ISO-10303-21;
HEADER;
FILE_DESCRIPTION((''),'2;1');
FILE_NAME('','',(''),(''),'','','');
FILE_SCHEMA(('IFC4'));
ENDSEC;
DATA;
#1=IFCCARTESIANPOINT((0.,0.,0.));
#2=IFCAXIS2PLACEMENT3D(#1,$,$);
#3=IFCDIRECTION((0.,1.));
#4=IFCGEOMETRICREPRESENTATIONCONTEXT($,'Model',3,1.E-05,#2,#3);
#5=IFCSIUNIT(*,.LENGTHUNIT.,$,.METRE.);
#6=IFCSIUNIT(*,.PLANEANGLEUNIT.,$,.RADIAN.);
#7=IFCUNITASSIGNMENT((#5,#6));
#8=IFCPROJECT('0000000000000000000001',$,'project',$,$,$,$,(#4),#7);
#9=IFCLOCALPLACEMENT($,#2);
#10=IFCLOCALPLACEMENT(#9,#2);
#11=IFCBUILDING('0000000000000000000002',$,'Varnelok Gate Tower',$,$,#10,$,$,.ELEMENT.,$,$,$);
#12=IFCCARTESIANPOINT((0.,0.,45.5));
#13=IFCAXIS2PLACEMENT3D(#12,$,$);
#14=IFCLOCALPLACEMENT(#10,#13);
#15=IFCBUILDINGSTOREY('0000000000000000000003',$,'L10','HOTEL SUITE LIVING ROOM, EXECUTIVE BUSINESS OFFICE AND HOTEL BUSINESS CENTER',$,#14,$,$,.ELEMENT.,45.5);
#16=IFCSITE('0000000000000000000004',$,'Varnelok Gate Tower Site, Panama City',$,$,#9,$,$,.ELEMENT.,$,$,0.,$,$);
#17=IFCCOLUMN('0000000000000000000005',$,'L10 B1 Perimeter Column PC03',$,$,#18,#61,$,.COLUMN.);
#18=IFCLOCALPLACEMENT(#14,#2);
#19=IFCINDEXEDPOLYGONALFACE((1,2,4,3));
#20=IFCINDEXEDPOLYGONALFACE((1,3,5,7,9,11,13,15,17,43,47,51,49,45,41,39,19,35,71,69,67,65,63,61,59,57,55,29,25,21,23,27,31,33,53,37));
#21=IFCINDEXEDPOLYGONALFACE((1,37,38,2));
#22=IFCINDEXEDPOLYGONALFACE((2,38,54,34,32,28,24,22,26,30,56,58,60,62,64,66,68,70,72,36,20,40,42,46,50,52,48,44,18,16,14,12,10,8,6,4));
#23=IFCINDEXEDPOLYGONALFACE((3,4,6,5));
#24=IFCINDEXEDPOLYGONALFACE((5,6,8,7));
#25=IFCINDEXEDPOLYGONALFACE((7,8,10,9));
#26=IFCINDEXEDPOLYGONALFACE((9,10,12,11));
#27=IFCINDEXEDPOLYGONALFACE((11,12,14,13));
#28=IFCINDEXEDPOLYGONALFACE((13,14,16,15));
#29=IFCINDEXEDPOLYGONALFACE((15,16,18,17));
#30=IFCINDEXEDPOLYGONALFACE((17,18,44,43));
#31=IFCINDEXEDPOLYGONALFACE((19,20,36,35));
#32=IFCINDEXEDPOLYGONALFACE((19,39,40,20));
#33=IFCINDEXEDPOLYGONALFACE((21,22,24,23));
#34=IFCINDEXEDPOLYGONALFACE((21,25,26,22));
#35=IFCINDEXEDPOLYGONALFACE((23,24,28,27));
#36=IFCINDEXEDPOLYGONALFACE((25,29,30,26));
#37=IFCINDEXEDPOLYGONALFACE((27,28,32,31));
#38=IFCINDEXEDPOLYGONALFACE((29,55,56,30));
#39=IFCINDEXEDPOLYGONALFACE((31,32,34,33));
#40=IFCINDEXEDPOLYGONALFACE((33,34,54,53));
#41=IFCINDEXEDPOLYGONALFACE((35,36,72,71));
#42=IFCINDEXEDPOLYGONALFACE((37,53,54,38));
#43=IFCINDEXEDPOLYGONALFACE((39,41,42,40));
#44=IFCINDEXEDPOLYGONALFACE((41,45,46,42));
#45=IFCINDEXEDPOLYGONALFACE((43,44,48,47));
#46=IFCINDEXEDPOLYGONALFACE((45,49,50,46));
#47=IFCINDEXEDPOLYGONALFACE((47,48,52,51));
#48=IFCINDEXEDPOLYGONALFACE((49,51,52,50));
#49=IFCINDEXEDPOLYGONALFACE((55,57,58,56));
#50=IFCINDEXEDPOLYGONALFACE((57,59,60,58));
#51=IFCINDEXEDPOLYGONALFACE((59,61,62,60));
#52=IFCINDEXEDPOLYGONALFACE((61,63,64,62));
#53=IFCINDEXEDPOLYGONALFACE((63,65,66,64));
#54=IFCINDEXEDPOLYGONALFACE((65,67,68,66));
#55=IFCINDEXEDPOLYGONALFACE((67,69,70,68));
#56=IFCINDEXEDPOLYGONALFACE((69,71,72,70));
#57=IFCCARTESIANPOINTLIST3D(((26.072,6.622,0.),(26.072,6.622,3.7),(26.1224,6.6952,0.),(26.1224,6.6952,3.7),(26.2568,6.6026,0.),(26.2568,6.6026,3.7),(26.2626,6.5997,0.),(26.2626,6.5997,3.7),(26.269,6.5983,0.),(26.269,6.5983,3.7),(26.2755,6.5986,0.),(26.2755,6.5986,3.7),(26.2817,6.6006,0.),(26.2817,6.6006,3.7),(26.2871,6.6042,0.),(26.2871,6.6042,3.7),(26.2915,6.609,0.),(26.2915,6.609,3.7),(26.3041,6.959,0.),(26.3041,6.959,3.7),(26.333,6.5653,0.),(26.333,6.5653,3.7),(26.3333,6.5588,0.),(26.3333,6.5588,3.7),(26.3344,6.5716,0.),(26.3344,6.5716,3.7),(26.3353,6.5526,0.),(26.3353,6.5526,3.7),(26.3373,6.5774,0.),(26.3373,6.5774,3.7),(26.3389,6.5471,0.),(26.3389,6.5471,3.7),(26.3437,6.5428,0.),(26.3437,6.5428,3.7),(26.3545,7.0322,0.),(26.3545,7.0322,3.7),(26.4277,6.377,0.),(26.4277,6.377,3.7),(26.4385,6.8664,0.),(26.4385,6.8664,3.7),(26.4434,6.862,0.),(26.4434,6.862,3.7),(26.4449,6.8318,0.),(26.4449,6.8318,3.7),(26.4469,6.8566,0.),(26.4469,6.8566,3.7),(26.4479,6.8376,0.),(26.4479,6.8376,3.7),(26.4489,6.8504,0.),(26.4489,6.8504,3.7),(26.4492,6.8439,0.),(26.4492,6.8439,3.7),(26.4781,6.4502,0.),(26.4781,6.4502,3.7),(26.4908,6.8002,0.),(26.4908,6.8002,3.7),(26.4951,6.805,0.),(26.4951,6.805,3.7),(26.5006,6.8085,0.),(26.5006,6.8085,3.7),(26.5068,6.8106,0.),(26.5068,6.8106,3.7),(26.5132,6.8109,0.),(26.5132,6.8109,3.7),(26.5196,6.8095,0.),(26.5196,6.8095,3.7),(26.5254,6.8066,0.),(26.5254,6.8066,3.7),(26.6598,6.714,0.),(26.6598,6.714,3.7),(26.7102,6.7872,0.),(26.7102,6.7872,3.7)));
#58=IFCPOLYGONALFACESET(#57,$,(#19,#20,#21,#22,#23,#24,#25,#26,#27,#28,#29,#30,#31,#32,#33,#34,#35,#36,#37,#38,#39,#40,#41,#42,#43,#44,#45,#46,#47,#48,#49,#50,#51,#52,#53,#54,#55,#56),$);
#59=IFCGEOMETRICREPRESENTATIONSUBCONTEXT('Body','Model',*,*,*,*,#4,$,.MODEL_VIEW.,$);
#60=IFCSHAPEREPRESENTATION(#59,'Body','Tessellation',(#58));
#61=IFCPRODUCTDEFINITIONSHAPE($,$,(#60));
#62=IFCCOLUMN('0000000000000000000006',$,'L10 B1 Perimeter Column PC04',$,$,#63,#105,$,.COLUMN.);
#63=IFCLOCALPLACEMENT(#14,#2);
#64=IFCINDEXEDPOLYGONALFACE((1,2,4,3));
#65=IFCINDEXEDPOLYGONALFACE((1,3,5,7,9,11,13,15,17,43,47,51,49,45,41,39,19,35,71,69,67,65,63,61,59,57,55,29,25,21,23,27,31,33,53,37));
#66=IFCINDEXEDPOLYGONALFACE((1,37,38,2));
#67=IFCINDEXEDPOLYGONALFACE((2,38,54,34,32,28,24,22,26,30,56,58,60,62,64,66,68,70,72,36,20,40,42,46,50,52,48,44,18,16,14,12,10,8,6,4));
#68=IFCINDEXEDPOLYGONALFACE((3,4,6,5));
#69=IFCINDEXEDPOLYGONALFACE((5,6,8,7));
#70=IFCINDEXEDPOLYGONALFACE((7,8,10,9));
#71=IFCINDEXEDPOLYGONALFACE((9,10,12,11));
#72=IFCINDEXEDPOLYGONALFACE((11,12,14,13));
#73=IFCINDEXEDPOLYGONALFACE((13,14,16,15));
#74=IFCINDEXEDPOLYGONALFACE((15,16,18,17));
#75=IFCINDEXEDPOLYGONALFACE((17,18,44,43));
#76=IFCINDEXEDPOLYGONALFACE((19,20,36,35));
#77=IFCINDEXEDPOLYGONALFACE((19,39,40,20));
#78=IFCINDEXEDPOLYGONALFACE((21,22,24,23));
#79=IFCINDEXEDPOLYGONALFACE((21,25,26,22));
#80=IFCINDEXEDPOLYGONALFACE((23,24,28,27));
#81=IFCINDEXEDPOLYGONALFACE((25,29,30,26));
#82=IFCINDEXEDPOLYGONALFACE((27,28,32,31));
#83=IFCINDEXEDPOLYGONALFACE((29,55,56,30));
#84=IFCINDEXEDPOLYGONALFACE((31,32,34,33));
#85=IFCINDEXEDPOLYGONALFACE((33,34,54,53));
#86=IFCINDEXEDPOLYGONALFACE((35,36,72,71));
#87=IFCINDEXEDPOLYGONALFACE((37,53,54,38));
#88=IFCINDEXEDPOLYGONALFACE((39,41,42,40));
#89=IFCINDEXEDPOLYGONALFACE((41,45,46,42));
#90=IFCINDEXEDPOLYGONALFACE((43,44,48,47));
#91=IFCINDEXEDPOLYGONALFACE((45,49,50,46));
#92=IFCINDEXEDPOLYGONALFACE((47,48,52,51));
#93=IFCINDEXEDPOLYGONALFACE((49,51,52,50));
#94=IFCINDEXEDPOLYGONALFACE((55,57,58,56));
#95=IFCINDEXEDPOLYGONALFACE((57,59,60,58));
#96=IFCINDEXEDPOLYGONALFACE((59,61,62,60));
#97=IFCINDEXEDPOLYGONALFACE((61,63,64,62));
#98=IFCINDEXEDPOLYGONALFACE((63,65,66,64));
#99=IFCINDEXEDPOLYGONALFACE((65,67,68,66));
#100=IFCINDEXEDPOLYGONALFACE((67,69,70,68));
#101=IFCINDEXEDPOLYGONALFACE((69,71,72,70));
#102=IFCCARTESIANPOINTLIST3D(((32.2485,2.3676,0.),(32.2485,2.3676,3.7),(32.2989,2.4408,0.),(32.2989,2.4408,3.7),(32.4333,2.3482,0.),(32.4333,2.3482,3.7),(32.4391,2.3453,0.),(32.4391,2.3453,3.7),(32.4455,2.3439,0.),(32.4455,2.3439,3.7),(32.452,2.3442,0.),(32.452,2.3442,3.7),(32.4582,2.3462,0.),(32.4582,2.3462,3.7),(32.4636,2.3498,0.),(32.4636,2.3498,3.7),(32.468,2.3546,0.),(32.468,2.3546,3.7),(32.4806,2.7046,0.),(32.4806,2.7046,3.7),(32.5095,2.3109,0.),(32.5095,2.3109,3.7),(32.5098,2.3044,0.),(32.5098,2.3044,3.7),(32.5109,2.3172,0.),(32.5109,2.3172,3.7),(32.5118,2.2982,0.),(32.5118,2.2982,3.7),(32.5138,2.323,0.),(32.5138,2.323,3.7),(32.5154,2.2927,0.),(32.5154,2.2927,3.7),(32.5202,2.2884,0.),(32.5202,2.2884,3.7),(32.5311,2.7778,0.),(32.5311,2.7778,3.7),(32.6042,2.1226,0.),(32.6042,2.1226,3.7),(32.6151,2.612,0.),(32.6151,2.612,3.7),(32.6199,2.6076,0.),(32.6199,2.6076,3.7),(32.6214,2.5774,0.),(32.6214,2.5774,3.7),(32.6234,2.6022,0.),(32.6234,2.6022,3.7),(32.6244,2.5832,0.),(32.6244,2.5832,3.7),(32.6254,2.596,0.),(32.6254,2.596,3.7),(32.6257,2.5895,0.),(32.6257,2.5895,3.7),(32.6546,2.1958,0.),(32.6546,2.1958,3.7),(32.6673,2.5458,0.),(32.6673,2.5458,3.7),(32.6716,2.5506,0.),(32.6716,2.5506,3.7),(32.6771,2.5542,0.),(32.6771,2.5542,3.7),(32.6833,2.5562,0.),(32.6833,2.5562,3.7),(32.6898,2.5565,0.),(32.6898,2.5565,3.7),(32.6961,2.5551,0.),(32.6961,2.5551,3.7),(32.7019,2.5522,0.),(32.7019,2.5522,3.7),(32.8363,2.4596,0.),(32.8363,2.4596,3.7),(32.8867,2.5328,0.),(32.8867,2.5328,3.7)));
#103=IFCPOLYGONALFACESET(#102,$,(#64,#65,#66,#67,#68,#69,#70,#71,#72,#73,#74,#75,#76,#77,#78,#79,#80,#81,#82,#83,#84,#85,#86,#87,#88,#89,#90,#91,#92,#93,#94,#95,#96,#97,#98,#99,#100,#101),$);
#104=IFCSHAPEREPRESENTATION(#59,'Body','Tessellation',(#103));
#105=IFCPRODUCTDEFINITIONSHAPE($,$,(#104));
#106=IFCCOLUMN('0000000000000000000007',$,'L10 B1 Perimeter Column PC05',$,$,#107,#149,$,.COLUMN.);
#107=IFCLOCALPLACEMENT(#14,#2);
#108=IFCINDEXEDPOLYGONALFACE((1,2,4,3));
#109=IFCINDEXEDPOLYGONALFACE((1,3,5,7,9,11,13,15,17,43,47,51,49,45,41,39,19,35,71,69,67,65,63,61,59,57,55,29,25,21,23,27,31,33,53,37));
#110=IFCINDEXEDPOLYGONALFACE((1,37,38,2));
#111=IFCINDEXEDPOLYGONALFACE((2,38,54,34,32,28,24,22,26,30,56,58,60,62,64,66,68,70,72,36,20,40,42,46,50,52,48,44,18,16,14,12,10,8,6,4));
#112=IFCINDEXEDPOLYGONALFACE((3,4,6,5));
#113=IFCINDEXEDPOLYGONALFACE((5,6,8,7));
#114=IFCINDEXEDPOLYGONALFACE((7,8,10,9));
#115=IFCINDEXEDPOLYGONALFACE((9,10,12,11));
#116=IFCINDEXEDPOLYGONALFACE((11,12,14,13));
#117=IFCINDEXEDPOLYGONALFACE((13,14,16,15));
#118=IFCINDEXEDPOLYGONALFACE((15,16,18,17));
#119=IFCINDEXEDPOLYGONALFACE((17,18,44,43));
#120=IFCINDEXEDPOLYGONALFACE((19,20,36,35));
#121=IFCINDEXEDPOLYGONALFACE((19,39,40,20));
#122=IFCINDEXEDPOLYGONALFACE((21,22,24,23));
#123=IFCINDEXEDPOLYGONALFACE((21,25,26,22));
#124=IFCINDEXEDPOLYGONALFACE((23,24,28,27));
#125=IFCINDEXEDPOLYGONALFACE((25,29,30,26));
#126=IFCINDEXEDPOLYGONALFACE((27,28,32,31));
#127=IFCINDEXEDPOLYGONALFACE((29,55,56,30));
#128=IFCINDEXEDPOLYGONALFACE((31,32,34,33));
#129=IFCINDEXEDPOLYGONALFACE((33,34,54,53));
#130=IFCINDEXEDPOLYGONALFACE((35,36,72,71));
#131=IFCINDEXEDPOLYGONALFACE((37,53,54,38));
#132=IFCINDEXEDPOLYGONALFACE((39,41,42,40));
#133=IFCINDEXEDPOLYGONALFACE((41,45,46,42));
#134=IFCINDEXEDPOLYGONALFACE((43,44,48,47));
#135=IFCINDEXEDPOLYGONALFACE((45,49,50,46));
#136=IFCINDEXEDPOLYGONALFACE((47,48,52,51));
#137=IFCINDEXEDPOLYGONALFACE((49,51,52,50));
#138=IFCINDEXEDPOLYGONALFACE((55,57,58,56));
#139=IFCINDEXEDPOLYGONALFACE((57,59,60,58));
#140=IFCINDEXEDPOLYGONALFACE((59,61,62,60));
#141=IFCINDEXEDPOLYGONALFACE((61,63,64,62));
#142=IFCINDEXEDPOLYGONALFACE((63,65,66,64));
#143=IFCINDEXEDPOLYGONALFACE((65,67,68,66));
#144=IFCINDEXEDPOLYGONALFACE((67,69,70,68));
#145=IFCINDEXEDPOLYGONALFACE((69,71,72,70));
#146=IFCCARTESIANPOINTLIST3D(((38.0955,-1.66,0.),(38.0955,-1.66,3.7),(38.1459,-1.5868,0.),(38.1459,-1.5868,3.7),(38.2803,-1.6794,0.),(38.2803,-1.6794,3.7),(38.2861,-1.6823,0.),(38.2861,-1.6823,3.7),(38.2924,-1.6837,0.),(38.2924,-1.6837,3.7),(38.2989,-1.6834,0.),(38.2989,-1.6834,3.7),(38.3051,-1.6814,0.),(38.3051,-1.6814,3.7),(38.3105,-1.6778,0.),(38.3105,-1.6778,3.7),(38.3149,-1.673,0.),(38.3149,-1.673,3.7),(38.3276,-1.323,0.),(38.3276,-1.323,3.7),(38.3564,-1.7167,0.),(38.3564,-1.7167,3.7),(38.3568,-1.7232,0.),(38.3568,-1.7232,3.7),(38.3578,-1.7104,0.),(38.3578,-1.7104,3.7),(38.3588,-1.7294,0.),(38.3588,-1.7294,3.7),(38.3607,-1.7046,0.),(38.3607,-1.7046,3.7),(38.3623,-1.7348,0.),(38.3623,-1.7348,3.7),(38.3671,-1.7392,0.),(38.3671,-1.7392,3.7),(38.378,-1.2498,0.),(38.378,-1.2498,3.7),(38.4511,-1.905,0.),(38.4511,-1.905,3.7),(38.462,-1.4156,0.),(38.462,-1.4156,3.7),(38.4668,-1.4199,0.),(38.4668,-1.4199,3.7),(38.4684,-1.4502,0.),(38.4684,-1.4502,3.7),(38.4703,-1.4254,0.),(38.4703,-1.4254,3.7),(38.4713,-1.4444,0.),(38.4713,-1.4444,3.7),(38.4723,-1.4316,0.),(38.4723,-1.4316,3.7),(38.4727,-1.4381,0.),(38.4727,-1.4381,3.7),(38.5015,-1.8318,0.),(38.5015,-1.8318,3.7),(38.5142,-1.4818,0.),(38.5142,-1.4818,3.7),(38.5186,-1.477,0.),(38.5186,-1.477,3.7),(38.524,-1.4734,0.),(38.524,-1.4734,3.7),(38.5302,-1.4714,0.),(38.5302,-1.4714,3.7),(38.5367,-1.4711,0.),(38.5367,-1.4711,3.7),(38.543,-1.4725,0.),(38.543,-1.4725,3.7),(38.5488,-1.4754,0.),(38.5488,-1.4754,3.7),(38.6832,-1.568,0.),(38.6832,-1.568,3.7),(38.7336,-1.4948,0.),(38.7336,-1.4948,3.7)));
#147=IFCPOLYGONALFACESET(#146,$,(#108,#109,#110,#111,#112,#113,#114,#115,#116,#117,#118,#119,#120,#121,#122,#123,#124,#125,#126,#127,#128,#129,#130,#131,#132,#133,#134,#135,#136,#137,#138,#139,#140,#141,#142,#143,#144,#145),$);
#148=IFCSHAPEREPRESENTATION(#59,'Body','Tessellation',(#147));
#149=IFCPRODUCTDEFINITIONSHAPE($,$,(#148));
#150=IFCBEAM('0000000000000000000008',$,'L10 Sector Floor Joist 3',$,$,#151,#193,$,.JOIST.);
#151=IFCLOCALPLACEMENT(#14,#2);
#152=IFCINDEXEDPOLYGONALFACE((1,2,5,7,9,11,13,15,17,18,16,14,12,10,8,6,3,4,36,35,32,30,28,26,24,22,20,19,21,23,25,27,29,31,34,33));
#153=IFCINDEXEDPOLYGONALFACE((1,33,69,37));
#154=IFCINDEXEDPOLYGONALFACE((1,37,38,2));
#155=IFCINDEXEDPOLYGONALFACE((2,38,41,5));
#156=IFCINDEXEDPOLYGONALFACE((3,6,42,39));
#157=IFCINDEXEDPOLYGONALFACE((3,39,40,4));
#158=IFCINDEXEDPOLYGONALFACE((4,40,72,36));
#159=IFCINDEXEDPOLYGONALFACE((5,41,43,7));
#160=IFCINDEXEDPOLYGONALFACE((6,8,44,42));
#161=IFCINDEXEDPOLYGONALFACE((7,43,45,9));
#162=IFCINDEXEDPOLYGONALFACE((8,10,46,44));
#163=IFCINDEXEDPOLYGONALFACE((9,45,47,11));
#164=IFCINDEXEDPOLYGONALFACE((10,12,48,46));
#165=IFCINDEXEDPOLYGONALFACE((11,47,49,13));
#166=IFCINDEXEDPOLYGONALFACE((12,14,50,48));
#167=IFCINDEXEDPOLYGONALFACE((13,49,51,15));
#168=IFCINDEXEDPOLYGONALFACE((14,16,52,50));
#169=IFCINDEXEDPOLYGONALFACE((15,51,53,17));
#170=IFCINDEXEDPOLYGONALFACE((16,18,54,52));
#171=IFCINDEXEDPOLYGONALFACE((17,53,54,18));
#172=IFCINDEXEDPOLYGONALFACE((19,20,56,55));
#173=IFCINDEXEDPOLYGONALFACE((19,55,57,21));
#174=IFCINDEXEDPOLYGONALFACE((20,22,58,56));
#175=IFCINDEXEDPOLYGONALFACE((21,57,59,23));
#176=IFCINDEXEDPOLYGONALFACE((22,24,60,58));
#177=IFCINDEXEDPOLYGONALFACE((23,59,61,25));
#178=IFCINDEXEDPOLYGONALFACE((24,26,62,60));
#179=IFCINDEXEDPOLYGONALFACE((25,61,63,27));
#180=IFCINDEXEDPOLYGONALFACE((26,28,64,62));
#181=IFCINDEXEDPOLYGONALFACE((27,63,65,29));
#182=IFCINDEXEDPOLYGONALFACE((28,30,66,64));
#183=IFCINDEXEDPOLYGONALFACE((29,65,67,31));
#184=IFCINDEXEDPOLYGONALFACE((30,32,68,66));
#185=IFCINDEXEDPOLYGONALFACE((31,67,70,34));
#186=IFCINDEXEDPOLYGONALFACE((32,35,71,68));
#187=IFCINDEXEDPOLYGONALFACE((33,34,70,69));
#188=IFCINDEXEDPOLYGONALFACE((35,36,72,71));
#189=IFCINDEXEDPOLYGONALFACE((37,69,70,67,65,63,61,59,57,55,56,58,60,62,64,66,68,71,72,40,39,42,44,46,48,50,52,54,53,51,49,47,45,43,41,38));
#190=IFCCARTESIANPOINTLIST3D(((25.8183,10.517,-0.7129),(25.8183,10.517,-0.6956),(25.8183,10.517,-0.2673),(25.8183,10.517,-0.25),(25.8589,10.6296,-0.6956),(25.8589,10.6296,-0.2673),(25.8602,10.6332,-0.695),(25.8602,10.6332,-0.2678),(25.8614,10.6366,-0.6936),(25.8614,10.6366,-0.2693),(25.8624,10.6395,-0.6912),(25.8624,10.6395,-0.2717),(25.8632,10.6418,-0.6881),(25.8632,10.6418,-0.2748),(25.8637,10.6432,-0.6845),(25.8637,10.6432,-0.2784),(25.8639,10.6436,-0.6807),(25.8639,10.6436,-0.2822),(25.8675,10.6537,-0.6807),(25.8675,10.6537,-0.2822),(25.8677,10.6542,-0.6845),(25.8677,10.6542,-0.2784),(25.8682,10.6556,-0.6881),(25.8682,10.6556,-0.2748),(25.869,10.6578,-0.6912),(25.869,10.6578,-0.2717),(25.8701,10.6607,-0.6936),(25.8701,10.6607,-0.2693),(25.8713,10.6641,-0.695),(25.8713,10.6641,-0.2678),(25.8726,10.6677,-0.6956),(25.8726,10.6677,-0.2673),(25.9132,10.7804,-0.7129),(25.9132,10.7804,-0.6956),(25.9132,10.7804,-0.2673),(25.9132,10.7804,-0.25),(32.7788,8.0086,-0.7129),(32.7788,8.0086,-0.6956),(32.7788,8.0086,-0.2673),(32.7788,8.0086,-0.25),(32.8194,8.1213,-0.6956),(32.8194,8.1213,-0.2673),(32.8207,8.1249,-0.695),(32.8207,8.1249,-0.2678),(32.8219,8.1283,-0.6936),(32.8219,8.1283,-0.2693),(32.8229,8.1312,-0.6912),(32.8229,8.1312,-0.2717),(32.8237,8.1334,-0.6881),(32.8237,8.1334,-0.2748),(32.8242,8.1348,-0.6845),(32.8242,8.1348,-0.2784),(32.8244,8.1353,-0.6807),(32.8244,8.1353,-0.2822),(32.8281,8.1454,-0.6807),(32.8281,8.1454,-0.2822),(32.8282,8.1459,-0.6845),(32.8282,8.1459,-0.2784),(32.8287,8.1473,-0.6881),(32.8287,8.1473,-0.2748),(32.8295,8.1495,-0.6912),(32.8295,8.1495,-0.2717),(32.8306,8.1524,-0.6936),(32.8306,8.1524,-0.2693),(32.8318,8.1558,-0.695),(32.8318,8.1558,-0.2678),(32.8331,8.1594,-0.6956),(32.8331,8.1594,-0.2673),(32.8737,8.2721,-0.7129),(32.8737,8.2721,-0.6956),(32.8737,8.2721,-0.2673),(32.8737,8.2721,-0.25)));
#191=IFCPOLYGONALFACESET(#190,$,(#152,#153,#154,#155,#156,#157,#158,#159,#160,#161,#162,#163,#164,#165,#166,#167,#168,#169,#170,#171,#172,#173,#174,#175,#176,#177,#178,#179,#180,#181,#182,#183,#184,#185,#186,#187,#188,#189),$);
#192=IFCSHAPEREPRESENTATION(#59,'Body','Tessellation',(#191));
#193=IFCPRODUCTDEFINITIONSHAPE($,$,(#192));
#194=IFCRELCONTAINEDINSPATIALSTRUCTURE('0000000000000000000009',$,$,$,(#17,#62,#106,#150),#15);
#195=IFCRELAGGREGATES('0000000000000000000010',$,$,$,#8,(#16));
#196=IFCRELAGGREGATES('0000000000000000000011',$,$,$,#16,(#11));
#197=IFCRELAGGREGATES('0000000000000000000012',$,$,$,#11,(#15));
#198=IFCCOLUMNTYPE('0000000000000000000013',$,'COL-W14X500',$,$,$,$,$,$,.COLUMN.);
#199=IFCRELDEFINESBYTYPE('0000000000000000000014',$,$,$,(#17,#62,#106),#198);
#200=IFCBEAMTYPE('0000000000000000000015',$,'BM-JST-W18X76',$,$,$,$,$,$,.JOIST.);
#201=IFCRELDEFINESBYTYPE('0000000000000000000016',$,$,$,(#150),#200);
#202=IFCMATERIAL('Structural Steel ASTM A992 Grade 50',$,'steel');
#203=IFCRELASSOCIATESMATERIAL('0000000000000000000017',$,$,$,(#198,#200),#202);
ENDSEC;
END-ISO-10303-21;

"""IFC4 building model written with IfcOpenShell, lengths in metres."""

from ifc_helpers import new_model, si_unit, direction, frame, origin, origin_2d, place, context, subcontext, project, spatial, i_section, extrude, material, material_profile, profile_set, type_object, element, save


model = new_model("IFC4")

# Units and contexts
model_context = context("Model", 3, precision=1e-05, world=origin(), true_north=direction((0.0, 1.0)))
body_context = subcontext(model_context, "Body", "Model", "MODEL_VIEW")
ifc_project = project(units=[si_unit("LENGTHUNIT", "METRE"), si_unit("PLANEANGLEUNIT", "RADIAN")], contexts=[model_context])

# Site, building, storey
site_placement = place(None, origin())
site = spatial("IfcSite", under=ifc_project, at=site_placement, Name="Varnelok Gate Tower Site, Panama City", CompositionType="ELEMENT", RefElevation=0.0)
building_placement = place(site_placement, origin())
building = spatial("IfcBuilding", under=site, at=building_placement, Name="Varnelok Gate Tower", CompositionType="ELEMENT")
storey_placement = place(building_placement, frame((0.0, 0.0, 45.5)))
storey = spatial("IfcBuildingStorey", under=building, at=storey_placement, Name="L10", Description="HOTEL SUITE LIVING ROOM, EXECUTIVE BUSINESS OFFICE AND HOTEL BUSINESS CENTER", CompositionType="ELEMENT", Elevation=45.5)

# Columns
ifc_material_1 = material(Name="Structural Steel ASTM A992 Grade 50", Category="steel")
ifc_material_profile_1 = material_profile(ifc_material_1, i_section(OverallWidth=0.4319, OverallDepth=0.498, WebThickness=0.0557, FlangeThickness=0.0889, FilletRadius=0.0249, at=origin_2d()), Name="W14X500")
ifc_profile_set_1 = profile_set([ifc_material_profile_1], Name="Structural Steel ASTM A992 Grade 50")
column_type = type_object("IfcColumnType", Name="COL-W14X500", PredefinedType="COLUMN", material=ifc_profile_set_1)
for number, where, z_axis, x_axis, name in (
    (1, (26.3911, 6.7046, 0.0), (0.0, 0.0, 1.0), (0.823533, -0.567269, 0.0), "L10 B1 Perimeter Column PC03"),
    (2, (32.5676, 2.4502, 0.0), (0.0, 0.0, 1.0), (0.823533, -0.567269, 0.0), "L10 B1 Perimeter Column PC04"),
    (3, (38.4146, -1.5774, 0.0), (0.0, 0.0, 1.0), (0.823533, -0.567269, 0.0), "L10 B1 Perimeter Column PC05"),
):
    element("IfcColumn", number, at=place(storey_placement, frame(where, z_axis=z_axis, x_axis=x_axis)), inside=storey, type_object=column_type, Name=name, PredefinedType="COLUMN", context=body_context, shape_type="SweptSolid", body=[
        extrude(i_section(OverallWidth=0.4319, OverallDepth=0.498, WebThickness=0.0557, FlangeThickness=0.0889, FilletRadius=0.0249, at=origin_2d()), origin(), (0.0, 0.0, 1.0), 3.7),
    ])

# Beam
ifc_material_profile_2 = material_profile(ifc_material_1, i_section(OverallWidth=0.28, OverallDepth=0.4629, WebThickness=0.0107, FlangeThickness=0.0173, FilletRadius=0.0149, at=origin_2d()), Name="W18X76")
ifc_profile_set_2 = profile_set([ifc_material_profile_2], Name="Structural Steel ASTM A992 Grade 50")
beam_type_1 = type_object("IfcBeamType", Name="BM-JST-W18X76", PredefinedType="JOIST", material=ifc_profile_set_2)
beam_1_placement = place(storey_placement, frame((25.8657, 10.6487, -0.4814), z_axis=(0.940778, -0.339023, 0.0), x_axis=(0.339023, 0.940778, 0.0)))
element("IfcBeam", 4, at=beam_1_placement, inside=storey, type_object=beam_type_1, Name="L10 Sector Floor Joist 3", PredefinedType="JOIST", context=body_context, shape_type="SweptSolid", body=[
    extrude(i_section(OverallWidth=0.28, OverallDepth=0.4629, WebThickness=0.0107, FlangeThickness=0.0173, FilletRadius=0.0149, at=origin_2d()), origin(), (0.0, 0.0, 1.0), 7.3987),
])

save(model, "model.ifc")
